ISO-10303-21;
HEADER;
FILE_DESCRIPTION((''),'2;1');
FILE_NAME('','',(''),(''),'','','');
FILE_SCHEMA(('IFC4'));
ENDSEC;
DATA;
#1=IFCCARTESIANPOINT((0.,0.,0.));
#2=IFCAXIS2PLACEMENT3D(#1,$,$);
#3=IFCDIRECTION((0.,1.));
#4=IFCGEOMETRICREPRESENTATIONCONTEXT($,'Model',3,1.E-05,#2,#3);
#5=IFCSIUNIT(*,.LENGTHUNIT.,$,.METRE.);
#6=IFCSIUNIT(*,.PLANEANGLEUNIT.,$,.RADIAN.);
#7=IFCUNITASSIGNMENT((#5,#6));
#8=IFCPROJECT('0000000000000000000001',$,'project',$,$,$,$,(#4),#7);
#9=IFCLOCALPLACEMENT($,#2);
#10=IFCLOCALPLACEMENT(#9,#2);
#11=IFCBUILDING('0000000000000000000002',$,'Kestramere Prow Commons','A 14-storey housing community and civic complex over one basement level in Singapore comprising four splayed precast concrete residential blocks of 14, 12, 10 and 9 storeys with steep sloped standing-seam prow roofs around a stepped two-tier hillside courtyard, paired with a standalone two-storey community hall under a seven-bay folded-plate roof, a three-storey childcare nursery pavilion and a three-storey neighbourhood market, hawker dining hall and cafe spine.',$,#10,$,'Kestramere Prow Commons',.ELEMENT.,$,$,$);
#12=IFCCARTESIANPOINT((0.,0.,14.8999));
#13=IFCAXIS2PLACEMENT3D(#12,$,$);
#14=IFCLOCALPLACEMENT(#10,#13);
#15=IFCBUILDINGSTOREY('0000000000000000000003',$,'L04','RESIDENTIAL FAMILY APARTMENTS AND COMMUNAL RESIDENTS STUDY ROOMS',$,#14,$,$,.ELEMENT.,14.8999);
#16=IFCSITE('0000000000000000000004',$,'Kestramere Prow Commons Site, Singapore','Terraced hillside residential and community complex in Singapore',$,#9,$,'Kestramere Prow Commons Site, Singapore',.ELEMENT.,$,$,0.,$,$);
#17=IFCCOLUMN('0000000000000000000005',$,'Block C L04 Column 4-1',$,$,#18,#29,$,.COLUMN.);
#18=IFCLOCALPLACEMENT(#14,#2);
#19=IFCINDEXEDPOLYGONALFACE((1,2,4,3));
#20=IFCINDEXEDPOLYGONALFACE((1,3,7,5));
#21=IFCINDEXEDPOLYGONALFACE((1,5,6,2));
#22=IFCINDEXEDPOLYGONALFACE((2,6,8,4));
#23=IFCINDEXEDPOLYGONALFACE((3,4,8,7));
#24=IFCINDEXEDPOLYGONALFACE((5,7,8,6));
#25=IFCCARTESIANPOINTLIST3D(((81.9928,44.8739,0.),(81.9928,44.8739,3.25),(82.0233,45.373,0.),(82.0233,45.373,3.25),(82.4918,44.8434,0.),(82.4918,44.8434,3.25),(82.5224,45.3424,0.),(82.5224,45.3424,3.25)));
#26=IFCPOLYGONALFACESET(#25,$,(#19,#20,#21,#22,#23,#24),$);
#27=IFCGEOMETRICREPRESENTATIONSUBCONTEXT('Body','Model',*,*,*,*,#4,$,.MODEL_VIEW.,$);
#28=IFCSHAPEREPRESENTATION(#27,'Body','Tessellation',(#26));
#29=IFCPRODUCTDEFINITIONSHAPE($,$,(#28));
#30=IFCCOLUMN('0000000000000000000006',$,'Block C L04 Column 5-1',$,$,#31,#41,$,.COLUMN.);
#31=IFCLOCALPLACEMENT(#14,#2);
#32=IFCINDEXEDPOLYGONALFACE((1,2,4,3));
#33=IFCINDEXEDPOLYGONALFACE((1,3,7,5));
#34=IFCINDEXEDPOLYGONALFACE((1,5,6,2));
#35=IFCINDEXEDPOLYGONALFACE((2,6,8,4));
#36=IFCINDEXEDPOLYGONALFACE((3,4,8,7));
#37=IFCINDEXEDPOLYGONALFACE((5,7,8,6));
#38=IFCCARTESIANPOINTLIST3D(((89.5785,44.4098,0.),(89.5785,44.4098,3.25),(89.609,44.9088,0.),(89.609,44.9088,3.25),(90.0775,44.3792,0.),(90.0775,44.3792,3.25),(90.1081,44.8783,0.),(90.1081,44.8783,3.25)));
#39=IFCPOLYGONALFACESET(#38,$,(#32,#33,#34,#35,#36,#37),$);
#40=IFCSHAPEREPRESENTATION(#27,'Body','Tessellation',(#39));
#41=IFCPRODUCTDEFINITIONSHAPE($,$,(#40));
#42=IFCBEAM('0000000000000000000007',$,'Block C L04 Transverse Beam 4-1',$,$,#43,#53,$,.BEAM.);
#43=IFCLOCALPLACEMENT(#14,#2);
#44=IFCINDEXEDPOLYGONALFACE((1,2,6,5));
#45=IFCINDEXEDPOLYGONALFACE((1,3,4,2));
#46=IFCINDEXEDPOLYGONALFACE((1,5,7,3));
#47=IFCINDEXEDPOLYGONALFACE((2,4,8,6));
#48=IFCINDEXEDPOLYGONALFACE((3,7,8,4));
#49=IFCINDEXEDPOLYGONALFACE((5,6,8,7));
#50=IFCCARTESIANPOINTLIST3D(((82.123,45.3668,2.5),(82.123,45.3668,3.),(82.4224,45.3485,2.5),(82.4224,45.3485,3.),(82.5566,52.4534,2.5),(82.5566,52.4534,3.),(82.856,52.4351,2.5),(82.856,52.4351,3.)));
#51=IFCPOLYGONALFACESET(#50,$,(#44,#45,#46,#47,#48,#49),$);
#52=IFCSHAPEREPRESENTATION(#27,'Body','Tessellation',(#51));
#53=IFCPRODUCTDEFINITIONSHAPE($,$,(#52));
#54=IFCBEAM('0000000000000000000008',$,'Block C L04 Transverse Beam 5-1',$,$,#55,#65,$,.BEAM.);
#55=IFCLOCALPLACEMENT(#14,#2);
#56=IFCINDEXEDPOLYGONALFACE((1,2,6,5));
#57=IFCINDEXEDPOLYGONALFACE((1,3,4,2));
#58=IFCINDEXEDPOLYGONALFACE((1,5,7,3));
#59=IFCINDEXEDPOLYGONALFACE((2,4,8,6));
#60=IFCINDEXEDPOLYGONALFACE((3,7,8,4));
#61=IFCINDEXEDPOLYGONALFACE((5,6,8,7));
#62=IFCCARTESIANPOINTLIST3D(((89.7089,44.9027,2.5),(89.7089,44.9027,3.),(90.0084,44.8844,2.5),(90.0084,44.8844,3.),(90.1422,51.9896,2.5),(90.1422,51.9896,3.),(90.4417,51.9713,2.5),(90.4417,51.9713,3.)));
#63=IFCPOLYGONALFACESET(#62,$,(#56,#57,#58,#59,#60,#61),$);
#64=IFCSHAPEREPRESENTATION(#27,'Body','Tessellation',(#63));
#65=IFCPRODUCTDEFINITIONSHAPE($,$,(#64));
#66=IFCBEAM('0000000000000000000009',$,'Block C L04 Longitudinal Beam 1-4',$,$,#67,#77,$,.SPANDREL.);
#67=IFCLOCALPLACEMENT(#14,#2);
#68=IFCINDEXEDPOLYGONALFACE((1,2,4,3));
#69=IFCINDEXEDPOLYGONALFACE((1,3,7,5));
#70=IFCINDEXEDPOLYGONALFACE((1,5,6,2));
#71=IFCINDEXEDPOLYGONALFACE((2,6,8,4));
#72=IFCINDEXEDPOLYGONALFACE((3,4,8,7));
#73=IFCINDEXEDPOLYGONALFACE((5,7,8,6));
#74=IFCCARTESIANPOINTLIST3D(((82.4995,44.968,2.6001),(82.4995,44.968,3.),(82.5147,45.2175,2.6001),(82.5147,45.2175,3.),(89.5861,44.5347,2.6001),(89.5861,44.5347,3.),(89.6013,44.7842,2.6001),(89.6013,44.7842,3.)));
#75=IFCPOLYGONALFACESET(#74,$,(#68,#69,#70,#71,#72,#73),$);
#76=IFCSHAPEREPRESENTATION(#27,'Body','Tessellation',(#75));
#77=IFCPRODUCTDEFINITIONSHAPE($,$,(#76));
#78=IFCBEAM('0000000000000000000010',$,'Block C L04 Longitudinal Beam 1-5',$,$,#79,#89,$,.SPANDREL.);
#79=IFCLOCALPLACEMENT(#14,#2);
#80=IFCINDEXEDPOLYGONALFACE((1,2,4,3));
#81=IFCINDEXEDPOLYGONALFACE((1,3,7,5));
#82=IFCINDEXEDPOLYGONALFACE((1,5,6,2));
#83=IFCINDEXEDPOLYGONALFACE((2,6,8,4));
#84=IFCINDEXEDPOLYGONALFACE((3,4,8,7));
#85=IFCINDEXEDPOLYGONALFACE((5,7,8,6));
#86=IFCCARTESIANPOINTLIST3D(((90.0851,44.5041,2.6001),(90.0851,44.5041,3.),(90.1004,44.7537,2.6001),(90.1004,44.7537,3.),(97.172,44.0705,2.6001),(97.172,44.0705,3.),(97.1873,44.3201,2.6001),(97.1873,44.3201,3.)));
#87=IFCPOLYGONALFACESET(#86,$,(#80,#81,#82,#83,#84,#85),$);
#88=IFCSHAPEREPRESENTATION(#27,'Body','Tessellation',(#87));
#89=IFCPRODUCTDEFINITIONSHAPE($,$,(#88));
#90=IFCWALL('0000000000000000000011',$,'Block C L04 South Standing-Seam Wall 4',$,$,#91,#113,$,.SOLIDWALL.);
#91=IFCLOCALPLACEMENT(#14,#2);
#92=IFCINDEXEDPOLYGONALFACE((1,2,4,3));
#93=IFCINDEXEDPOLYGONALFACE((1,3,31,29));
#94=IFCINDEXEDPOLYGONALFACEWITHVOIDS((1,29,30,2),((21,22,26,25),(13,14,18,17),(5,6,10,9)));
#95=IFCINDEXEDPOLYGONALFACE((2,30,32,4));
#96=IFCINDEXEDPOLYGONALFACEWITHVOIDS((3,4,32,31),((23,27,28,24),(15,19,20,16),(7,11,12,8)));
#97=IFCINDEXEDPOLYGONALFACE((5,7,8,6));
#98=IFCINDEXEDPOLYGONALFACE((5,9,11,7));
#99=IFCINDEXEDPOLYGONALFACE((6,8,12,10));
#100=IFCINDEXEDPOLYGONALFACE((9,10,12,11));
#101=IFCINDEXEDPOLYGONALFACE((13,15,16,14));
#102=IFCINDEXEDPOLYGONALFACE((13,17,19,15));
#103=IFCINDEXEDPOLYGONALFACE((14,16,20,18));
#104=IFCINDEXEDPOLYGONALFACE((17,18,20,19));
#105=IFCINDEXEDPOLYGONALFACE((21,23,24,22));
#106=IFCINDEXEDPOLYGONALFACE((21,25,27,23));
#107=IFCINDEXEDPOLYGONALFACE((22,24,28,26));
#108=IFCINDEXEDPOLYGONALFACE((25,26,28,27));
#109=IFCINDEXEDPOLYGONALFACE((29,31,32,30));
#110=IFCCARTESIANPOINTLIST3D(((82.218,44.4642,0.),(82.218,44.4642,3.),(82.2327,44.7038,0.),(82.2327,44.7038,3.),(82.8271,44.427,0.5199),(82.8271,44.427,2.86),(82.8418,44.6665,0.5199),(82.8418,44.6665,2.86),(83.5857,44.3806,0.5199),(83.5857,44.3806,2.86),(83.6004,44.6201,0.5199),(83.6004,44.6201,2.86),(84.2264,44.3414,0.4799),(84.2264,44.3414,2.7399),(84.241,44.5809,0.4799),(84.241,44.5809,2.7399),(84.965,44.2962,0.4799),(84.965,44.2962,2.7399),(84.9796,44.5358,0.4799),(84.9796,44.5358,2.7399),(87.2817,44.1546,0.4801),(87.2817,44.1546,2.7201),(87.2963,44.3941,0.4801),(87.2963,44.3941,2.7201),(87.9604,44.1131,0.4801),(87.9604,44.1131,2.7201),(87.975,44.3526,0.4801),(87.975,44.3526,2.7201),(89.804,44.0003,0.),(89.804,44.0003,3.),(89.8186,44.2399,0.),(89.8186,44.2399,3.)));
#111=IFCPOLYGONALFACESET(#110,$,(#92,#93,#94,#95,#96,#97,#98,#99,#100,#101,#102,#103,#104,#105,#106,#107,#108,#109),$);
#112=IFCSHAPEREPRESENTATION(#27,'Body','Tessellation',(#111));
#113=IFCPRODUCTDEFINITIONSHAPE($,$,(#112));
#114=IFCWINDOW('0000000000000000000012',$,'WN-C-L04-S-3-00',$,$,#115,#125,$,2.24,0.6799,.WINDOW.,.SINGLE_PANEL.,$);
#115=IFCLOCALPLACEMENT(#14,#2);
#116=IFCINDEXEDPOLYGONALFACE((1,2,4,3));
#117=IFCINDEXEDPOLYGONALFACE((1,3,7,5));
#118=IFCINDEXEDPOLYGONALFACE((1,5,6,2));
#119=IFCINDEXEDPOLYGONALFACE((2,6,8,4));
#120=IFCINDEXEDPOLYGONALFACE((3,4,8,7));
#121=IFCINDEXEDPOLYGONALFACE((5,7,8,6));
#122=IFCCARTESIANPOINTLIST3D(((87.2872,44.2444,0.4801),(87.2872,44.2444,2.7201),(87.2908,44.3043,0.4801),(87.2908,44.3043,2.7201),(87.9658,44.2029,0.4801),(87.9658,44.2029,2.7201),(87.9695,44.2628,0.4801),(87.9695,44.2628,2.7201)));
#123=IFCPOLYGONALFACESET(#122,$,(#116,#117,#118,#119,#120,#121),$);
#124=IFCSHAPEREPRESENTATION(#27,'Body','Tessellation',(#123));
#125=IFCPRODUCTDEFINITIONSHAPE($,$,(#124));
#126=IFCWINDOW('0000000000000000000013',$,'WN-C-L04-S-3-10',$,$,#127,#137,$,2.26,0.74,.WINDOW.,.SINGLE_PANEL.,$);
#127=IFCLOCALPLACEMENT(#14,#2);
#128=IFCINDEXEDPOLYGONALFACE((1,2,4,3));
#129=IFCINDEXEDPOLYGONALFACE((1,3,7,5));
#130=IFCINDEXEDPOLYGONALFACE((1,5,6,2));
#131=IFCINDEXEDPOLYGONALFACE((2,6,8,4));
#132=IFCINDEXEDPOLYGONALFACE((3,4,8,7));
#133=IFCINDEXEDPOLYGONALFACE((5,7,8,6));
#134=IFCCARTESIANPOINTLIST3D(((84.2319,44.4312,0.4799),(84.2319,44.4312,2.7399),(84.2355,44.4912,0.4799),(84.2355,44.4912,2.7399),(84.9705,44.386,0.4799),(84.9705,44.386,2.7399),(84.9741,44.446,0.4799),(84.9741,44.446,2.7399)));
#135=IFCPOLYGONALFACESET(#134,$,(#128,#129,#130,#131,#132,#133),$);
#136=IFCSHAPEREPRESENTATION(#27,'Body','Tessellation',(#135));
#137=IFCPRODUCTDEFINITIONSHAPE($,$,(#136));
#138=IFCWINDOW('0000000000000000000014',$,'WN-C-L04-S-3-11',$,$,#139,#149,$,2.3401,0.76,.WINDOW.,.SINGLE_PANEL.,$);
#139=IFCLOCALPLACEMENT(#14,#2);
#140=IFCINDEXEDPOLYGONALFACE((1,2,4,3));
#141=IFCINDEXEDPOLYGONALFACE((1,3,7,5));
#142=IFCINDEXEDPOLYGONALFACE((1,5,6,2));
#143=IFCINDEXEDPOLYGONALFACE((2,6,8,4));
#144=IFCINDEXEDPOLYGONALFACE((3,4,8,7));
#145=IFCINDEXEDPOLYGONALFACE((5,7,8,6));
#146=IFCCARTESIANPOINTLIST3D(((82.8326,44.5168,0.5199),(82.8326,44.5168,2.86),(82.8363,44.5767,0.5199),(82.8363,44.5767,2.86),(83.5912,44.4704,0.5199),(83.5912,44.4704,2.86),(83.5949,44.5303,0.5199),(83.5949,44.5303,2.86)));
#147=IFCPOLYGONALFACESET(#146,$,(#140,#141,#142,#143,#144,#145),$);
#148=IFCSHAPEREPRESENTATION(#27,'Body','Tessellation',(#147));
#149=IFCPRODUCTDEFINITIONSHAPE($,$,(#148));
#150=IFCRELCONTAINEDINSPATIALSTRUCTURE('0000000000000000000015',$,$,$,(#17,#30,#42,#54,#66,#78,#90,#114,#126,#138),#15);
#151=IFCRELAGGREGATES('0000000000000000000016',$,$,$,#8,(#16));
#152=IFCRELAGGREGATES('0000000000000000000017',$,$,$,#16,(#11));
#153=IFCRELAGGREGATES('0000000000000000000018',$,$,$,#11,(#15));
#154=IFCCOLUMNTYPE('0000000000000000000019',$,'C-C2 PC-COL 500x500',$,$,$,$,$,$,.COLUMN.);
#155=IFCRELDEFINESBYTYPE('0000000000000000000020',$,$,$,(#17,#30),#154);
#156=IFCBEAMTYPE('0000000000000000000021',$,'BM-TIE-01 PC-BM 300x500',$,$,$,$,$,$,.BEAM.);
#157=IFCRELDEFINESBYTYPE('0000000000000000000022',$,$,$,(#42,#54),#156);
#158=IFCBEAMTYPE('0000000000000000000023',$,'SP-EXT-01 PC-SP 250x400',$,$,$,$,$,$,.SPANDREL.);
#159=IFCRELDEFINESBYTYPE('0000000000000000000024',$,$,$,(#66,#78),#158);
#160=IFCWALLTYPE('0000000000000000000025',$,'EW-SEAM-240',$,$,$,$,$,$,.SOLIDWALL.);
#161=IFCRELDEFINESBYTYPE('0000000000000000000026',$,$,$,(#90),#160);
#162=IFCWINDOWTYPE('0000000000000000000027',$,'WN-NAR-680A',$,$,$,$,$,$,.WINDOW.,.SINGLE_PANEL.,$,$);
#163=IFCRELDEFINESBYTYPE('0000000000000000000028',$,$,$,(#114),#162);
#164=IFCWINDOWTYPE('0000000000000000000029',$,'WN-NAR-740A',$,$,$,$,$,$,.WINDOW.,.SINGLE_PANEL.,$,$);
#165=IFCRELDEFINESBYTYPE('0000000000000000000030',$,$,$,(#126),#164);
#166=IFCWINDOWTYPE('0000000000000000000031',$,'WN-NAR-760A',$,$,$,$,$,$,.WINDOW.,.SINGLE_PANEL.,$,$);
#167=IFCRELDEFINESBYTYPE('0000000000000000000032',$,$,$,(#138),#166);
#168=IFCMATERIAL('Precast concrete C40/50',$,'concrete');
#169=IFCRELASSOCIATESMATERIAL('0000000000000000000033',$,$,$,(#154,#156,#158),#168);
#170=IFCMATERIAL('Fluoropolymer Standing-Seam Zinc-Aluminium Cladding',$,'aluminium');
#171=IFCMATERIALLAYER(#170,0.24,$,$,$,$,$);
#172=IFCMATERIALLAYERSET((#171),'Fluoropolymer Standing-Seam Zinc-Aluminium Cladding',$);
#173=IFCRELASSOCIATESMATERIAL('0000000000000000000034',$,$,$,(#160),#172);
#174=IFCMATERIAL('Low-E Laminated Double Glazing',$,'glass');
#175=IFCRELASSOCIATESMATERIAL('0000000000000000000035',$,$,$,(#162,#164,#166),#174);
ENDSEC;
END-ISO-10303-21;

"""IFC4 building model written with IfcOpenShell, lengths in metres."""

from ifc_helpers import new_model, si_unit, direction, frame, frame_2d, origin, origin_2d, place, context, subcontext, project, spatial, rectangle, extrude, material, layer, layer_set, material_profile, profile_set, type_object, element, fill, save


model = new_model("IFC4")

# Units and contexts
model_context = context("Model", 3, precision=1e-05, world=origin(), true_north=direction((0.0, 1.0)))
body_context = subcontext(model_context, "Body", "Model", "MODEL_VIEW")
ifc_project = project(units=[si_unit("LENGTHUNIT", "METRE"), si_unit("PLANEANGLEUNIT", "RADIAN")], contexts=[model_context])

# Site, building, storey
site_placement = place(None, origin())
site = spatial("IfcSite", under=ifc_project, at=site_placement, Name="Kestramere Prow Commons Site, Singapore", Description="Terraced hillside residential and community complex in Singapore", LongName="Kestramere Prow Commons Site, Singapore", CompositionType="ELEMENT", RefElevation=0.0)
building_placement = place(site_placement, origin())
building = spatial("IfcBuilding", under=site, at=building_placement, Name="Kestramere Prow Commons", Description="A 14-storey housing community and civic complex over one basement level in Singapore comprising four splayed precast concrete residential blocks of 14, 12, 10 and 9 storeys with steep sloped standing-seam prow roofs around a stepped two-tier hillside courtyard, paired with a standalone two-storey community hall under a seven-bay folded-plate roof, a three-storey childcare nursery pavilion and a three-storey neighbourhood market, hawker dining hall and cafe spine.", LongName="Kestramere Prow Commons", CompositionType="ELEMENT")
storey_placement = place(building_placement, frame((0.0, 0.0, 14.8999)))
storey = spatial("IfcBuildingStorey", under=building, at=storey_placement, Name="L04", Description="RESIDENTIAL FAMILY APARTMENTS AND COMMUNAL RESIDENTS STUDY ROOMS", CompositionType="ELEMENT", Elevation=14.8999)

# Columns
ifc_material_1 = material(Name="Precast concrete C40/50", Category="concrete")
ifc_material_profile_1 = material_profile(ifc_material_1, rectangle(XDim=0.5, YDim=0.5, at=origin_2d()), Name="PC-COL 500x500")
ifc_profile_set_1 = profile_set([ifc_material_profile_1], Name="Precast concrete C40/50")
column_type = type_object("IfcColumnType", Name="C-C2 PC-COL 500x500", PredefinedType="COLUMN", material=ifc_profile_set_1)
for number, where, z_axis, x_axis, name in (
    (1, (82.2576, 45.1082, 0.0), (0.0, 0.0, 1.0), (0.998135, -0.061049, 0.0), "Block C L04 Column 4-1"),
    (2, (89.8433, 44.644, 0.0), (0.0, 0.0, 1.0), (0.998135, -0.061049, 0.0), "Block C L04 Column 5-1"),
):
    element("IfcColumn", number, at=place(storey_placement, frame(where, z_axis=z_axis, x_axis=x_axis)), inside=storey, type_object=column_type, Name=name, PredefinedType="COLUMN", context=body_context, shape_type="SweptSolid", body=[
        extrude(rectangle(XDim=0.5, YDim=0.5, at=origin_2d()), origin(), (0.0, 0.0, 1.0), 3.25),
    ])

# Beams
ifc_material_profile_2 = material_profile(ifc_material_1, rectangle(XDim=0.3, YDim=0.5, at=origin_2d()), Name="PC-BM 300x500")
ifc_profile_set_2 = profile_set([ifc_material_profile_2], Name="Precast concrete C40/50")
beam_type_1 = type_object("IfcBeamType", Name="BM-TIE-01 PC-BM 300x500", PredefinedType="BEAM", material=ifc_profile_set_2)
beam_1_placement = place(storey_placement, frame((82.2727, 45.3577, 2.75), z_axis=(0.06107, 0.998133, 0.0), x_axis=(-0.998133, 0.06107, 0.0)))
element("IfcBeam", 3, at=beam_1_placement, inside=storey, type_object=beam_type_1, Name="Block C L04 Transverse Beam 4-1", PredefinedType="BEAM", context=body_context, shape_type="SweptSolid", body=[
    extrude(rectangle(XDim=0.3, YDim=0.5, at=origin_2d()), origin(), (0.0, 0.0, 1.0), 7.0999),
])
beam_2_placement = place(storey_placement, frame((89.8586, 44.8936, 2.75), z_axis=(0.061034, 0.998136, 0.0), x_axis=(-0.998136, 0.061034, 0.0)))
element("IfcBeam", 4, at=beam_2_placement, inside=storey, type_object=beam_type_1, Name="Block C L04 Transverse Beam 5-1", PredefinedType="BEAM", context=body_context, shape_type="SweptSolid", body=[
    extrude(rectangle(XDim=0.3, YDim=0.5, at=origin_2d()), origin(), (0.0, 0.0, 1.0), 7.1001),
])
ifc_material_profile_3 = material_profile(ifc_material_1, rectangle(XDim=0.25, YDim=0.3999, at=origin_2d()), Name="PC-SP 250x400")
ifc_profile_set_3 = profile_set([ifc_material_profile_3], Name="Precast concrete C40/50")
beam_type_2 = type_object("IfcBeamType", Name="SP-EXT-01 PC-SP 250x400", PredefinedType="SPANDREL", material=ifc_profile_set_3)
beam_3_placement = place(storey_placement, frame((82.5071, 45.0928, 2.8), z_axis=(0.998136, -0.061036, 0.0), x_axis=(0.061036, 0.998136, 0.0)))
element("IfcBeam", 5, at=beam_3_placement, inside=storey, type_object=beam_type_2, Name="Block C L04 Longitudinal Beam 1-4", PredefinedType="SPANDREL", context=body_context, shape_type="SweptSolid", body=[
    extrude(rectangle(XDim=0.25, YDim=0.3999, at=origin_2d()), origin(), (0.0, 0.0, 1.0), 7.0999),
])
beam_4_placement = place(storey_placement, frame((90.0928, 44.6289, 2.8), z_axis=(0.998134, -0.061068, 0.0), x_axis=(0.061068, 0.998134, 0.0)))
element("IfcBeam", 6, at=beam_4_placement, inside=storey, type_object=beam_type_2, Name="Block C L04 Longitudinal Beam 1-5", PredefinedType="SPANDREL", context=body_context, shape_type="SweptSolid", body=[
    extrude(rectangle(XDim=0.25, YDim=0.3999, at=origin_2d()), origin(), (0.0, 0.0, 1.0), 7.1001),
])

# Shared definitions
ifc_material_2 = material(Name="Fluoropolymer Standing-Seam Zinc-Aluminium Cladding", Category="aluminium")
ifc_layer_1 = layer(ifc_material_2, 0.24)
ifc_layer_set_1 = layer_set([ifc_layer_1], Name="Fluoropolymer Standing-Seam Zinc-Aluminium Cladding")
wall_type_1 = type_object("IfcWallType", Name="EW-SEAM-240", PredefinedType="SOLIDWALL", material=ifc_layer_set_1)
ifc_material_3 = material(Name="Low-E Laminated Double Glazing", Category="glass")

# Wall, openings, windows
wall_1_placement = place(storey_placement, frame((89.8113, 44.1201, 0.0), z_axis=(0.0, 0.0, 1.0), x_axis=(-0.998136, 0.061034, 0.0)))
wall_1 = element("IfcWall", 7, at=wall_1_placement, inside=storey, type_object=wall_type_1, Name="Block C L04 South Standing-Seam Wall 4", PredefinedType="SOLIDWALL", context=body_context, shape_type="SweptSolid", body=[
    extrude(rectangle(XDim=7.6001, YDim=0.24, at=frame_2d((3.8, 0.0))), origin(), (0.0, 0.0, 1.0), 3.0),
])
opening_1_placement = place(wall_1_placement, frame((1.8472, 0.0, 0.48)))
opening_1 = element("IfcOpeningElement", 8, at=opening_1_placement, cuts=wall_1, PredefinedType="OPENING", context=body_context, shape_type="SweptSolid", body=[
    extrude(rectangle(XDim=0.6799, YDim=2.24, at=frame_2d((0.3398, 1.1201))), frame((0.0, 0.135, 0.0), z_axis=(0.0, -1.0, 0.0), x_axis=(1.0, 0.0, 0.0)), (0.0, 0.0, 1.0), 0.27),
])
opening_2_placement = place(wall_1_placement, frame((4.8479, 0.0, 0.48)))
opening_2 = element("IfcOpeningElement", 9, at=opening_2_placement, cuts=wall_1, PredefinedType="OPENING", context=body_context, shape_type="SweptSolid", body=[
    extrude(rectangle(XDim=0.74, YDim=2.26, at=frame_2d((0.3701, 1.1299))), frame((0.0, 0.135, 0.0), z_axis=(0.0, -1.0, 0.0), x_axis=(1.0, 0.0, 0.0)), (0.0, 0.0, 1.0), 0.27),
])
opening_3_placement = place(wall_1_placement, frame((6.23, 0.0, 0.52)))
opening_3 = element("IfcOpeningElement", 10, at=opening_3_placement, cuts=wall_1, PredefinedType="OPENING", context=body_context, shape_type="SweptSolid", body=[
    extrude(rectangle(XDim=0.76, YDim=2.3401, at=frame_2d((0.3799, 1.1699))), frame((0.0, 0.135, 0.0), z_axis=(0.0, -1.0, 0.0), x_axis=(1.0, 0.0, 0.0)), (0.0, 0.0, 1.0), 0.27),
])
window_type_1 = type_object("IfcWindowType", Name="WN-NAR-680A", PartitioningType="SINGLE_PANEL", PredefinedType="WINDOW", material=ifc_material_3)
window_1_placement = place(opening_1_placement, origin())
window_1 = element("IfcWindow", 11, at=window_1_placement, inside=storey, type_object=window_type_1, Name="WN-C-L04-S-3-00", OverallHeight=2.24, OverallWidth=0.6799, PartitioningType="SINGLE_PANEL", PredefinedType="WINDOW", context=body_context, shape_type="SweptSolid", body=[
    extrude(rectangle(XDim=0.6799, YDim=2.24, at=frame_2d((0.3398, 1.1201))), frame((0.0, 0.03, 0.0), z_axis=(0.0, -1.0, 0.0), x_axis=(1.0, 0.0, 0.0)), (0.0, 0.0, 1.0), 0.0601),
])
fill(opening_1, window_1)
window_type_2 = type_object("IfcWindowType", Name="WN-NAR-740A", PartitioningType="SINGLE_PANEL", PredefinedType="WINDOW", material=ifc_material_3)
window_2_placement = place(opening_2_placement, origin())
window_2 = element("IfcWindow", 12, at=window_2_placement, inside=storey, type_object=window_type_2, Name="WN-C-L04-S-3-10", OverallHeight=2.26, OverallWidth=0.74, PartitioningType="SINGLE_PANEL", PredefinedType="WINDOW", context=body_context, shape_type="SweptSolid", body=[
    extrude(rectangle(XDim=0.74, YDim=2.26, at=frame_2d((0.3701, 1.1299))), frame((0.0, 0.03, 0.0), z_axis=(0.0, -1.0, 0.0), x_axis=(1.0, 0.0, 0.0)), (0.0, 0.0, 1.0), 0.0601),
])
fill(opening_2, window_2)
window_type_3 = type_object("IfcWindowType", Name="WN-NAR-760A", PartitioningType="SINGLE_PANEL", PredefinedType="WINDOW", material=ifc_material_3)
window_3_placement = place(opening_3_placement, origin())
window_3 = element("IfcWindow", 13, at=window_3_placement, inside=storey, type_object=window_type_3, Name="WN-C-L04-S-3-11", OverallHeight=2.3401, OverallWidth=0.76, PartitioningType="SINGLE_PANEL", PredefinedType="WINDOW", context=body_context, shape_type="SweptSolid", body=[
    extrude(rectangle(XDim=0.76, YDim=2.3401, at=frame_2d((0.3799, 1.1699))), frame((0.0, 0.03, 0.0), z_axis=(0.0, -1.0, 0.0), x_axis=(1.0, 0.0, 0.0)), (0.0, 0.0, 1.0), 0.0601),
])
fill(opening_3, window_3)

save(model, "model.ifc")
